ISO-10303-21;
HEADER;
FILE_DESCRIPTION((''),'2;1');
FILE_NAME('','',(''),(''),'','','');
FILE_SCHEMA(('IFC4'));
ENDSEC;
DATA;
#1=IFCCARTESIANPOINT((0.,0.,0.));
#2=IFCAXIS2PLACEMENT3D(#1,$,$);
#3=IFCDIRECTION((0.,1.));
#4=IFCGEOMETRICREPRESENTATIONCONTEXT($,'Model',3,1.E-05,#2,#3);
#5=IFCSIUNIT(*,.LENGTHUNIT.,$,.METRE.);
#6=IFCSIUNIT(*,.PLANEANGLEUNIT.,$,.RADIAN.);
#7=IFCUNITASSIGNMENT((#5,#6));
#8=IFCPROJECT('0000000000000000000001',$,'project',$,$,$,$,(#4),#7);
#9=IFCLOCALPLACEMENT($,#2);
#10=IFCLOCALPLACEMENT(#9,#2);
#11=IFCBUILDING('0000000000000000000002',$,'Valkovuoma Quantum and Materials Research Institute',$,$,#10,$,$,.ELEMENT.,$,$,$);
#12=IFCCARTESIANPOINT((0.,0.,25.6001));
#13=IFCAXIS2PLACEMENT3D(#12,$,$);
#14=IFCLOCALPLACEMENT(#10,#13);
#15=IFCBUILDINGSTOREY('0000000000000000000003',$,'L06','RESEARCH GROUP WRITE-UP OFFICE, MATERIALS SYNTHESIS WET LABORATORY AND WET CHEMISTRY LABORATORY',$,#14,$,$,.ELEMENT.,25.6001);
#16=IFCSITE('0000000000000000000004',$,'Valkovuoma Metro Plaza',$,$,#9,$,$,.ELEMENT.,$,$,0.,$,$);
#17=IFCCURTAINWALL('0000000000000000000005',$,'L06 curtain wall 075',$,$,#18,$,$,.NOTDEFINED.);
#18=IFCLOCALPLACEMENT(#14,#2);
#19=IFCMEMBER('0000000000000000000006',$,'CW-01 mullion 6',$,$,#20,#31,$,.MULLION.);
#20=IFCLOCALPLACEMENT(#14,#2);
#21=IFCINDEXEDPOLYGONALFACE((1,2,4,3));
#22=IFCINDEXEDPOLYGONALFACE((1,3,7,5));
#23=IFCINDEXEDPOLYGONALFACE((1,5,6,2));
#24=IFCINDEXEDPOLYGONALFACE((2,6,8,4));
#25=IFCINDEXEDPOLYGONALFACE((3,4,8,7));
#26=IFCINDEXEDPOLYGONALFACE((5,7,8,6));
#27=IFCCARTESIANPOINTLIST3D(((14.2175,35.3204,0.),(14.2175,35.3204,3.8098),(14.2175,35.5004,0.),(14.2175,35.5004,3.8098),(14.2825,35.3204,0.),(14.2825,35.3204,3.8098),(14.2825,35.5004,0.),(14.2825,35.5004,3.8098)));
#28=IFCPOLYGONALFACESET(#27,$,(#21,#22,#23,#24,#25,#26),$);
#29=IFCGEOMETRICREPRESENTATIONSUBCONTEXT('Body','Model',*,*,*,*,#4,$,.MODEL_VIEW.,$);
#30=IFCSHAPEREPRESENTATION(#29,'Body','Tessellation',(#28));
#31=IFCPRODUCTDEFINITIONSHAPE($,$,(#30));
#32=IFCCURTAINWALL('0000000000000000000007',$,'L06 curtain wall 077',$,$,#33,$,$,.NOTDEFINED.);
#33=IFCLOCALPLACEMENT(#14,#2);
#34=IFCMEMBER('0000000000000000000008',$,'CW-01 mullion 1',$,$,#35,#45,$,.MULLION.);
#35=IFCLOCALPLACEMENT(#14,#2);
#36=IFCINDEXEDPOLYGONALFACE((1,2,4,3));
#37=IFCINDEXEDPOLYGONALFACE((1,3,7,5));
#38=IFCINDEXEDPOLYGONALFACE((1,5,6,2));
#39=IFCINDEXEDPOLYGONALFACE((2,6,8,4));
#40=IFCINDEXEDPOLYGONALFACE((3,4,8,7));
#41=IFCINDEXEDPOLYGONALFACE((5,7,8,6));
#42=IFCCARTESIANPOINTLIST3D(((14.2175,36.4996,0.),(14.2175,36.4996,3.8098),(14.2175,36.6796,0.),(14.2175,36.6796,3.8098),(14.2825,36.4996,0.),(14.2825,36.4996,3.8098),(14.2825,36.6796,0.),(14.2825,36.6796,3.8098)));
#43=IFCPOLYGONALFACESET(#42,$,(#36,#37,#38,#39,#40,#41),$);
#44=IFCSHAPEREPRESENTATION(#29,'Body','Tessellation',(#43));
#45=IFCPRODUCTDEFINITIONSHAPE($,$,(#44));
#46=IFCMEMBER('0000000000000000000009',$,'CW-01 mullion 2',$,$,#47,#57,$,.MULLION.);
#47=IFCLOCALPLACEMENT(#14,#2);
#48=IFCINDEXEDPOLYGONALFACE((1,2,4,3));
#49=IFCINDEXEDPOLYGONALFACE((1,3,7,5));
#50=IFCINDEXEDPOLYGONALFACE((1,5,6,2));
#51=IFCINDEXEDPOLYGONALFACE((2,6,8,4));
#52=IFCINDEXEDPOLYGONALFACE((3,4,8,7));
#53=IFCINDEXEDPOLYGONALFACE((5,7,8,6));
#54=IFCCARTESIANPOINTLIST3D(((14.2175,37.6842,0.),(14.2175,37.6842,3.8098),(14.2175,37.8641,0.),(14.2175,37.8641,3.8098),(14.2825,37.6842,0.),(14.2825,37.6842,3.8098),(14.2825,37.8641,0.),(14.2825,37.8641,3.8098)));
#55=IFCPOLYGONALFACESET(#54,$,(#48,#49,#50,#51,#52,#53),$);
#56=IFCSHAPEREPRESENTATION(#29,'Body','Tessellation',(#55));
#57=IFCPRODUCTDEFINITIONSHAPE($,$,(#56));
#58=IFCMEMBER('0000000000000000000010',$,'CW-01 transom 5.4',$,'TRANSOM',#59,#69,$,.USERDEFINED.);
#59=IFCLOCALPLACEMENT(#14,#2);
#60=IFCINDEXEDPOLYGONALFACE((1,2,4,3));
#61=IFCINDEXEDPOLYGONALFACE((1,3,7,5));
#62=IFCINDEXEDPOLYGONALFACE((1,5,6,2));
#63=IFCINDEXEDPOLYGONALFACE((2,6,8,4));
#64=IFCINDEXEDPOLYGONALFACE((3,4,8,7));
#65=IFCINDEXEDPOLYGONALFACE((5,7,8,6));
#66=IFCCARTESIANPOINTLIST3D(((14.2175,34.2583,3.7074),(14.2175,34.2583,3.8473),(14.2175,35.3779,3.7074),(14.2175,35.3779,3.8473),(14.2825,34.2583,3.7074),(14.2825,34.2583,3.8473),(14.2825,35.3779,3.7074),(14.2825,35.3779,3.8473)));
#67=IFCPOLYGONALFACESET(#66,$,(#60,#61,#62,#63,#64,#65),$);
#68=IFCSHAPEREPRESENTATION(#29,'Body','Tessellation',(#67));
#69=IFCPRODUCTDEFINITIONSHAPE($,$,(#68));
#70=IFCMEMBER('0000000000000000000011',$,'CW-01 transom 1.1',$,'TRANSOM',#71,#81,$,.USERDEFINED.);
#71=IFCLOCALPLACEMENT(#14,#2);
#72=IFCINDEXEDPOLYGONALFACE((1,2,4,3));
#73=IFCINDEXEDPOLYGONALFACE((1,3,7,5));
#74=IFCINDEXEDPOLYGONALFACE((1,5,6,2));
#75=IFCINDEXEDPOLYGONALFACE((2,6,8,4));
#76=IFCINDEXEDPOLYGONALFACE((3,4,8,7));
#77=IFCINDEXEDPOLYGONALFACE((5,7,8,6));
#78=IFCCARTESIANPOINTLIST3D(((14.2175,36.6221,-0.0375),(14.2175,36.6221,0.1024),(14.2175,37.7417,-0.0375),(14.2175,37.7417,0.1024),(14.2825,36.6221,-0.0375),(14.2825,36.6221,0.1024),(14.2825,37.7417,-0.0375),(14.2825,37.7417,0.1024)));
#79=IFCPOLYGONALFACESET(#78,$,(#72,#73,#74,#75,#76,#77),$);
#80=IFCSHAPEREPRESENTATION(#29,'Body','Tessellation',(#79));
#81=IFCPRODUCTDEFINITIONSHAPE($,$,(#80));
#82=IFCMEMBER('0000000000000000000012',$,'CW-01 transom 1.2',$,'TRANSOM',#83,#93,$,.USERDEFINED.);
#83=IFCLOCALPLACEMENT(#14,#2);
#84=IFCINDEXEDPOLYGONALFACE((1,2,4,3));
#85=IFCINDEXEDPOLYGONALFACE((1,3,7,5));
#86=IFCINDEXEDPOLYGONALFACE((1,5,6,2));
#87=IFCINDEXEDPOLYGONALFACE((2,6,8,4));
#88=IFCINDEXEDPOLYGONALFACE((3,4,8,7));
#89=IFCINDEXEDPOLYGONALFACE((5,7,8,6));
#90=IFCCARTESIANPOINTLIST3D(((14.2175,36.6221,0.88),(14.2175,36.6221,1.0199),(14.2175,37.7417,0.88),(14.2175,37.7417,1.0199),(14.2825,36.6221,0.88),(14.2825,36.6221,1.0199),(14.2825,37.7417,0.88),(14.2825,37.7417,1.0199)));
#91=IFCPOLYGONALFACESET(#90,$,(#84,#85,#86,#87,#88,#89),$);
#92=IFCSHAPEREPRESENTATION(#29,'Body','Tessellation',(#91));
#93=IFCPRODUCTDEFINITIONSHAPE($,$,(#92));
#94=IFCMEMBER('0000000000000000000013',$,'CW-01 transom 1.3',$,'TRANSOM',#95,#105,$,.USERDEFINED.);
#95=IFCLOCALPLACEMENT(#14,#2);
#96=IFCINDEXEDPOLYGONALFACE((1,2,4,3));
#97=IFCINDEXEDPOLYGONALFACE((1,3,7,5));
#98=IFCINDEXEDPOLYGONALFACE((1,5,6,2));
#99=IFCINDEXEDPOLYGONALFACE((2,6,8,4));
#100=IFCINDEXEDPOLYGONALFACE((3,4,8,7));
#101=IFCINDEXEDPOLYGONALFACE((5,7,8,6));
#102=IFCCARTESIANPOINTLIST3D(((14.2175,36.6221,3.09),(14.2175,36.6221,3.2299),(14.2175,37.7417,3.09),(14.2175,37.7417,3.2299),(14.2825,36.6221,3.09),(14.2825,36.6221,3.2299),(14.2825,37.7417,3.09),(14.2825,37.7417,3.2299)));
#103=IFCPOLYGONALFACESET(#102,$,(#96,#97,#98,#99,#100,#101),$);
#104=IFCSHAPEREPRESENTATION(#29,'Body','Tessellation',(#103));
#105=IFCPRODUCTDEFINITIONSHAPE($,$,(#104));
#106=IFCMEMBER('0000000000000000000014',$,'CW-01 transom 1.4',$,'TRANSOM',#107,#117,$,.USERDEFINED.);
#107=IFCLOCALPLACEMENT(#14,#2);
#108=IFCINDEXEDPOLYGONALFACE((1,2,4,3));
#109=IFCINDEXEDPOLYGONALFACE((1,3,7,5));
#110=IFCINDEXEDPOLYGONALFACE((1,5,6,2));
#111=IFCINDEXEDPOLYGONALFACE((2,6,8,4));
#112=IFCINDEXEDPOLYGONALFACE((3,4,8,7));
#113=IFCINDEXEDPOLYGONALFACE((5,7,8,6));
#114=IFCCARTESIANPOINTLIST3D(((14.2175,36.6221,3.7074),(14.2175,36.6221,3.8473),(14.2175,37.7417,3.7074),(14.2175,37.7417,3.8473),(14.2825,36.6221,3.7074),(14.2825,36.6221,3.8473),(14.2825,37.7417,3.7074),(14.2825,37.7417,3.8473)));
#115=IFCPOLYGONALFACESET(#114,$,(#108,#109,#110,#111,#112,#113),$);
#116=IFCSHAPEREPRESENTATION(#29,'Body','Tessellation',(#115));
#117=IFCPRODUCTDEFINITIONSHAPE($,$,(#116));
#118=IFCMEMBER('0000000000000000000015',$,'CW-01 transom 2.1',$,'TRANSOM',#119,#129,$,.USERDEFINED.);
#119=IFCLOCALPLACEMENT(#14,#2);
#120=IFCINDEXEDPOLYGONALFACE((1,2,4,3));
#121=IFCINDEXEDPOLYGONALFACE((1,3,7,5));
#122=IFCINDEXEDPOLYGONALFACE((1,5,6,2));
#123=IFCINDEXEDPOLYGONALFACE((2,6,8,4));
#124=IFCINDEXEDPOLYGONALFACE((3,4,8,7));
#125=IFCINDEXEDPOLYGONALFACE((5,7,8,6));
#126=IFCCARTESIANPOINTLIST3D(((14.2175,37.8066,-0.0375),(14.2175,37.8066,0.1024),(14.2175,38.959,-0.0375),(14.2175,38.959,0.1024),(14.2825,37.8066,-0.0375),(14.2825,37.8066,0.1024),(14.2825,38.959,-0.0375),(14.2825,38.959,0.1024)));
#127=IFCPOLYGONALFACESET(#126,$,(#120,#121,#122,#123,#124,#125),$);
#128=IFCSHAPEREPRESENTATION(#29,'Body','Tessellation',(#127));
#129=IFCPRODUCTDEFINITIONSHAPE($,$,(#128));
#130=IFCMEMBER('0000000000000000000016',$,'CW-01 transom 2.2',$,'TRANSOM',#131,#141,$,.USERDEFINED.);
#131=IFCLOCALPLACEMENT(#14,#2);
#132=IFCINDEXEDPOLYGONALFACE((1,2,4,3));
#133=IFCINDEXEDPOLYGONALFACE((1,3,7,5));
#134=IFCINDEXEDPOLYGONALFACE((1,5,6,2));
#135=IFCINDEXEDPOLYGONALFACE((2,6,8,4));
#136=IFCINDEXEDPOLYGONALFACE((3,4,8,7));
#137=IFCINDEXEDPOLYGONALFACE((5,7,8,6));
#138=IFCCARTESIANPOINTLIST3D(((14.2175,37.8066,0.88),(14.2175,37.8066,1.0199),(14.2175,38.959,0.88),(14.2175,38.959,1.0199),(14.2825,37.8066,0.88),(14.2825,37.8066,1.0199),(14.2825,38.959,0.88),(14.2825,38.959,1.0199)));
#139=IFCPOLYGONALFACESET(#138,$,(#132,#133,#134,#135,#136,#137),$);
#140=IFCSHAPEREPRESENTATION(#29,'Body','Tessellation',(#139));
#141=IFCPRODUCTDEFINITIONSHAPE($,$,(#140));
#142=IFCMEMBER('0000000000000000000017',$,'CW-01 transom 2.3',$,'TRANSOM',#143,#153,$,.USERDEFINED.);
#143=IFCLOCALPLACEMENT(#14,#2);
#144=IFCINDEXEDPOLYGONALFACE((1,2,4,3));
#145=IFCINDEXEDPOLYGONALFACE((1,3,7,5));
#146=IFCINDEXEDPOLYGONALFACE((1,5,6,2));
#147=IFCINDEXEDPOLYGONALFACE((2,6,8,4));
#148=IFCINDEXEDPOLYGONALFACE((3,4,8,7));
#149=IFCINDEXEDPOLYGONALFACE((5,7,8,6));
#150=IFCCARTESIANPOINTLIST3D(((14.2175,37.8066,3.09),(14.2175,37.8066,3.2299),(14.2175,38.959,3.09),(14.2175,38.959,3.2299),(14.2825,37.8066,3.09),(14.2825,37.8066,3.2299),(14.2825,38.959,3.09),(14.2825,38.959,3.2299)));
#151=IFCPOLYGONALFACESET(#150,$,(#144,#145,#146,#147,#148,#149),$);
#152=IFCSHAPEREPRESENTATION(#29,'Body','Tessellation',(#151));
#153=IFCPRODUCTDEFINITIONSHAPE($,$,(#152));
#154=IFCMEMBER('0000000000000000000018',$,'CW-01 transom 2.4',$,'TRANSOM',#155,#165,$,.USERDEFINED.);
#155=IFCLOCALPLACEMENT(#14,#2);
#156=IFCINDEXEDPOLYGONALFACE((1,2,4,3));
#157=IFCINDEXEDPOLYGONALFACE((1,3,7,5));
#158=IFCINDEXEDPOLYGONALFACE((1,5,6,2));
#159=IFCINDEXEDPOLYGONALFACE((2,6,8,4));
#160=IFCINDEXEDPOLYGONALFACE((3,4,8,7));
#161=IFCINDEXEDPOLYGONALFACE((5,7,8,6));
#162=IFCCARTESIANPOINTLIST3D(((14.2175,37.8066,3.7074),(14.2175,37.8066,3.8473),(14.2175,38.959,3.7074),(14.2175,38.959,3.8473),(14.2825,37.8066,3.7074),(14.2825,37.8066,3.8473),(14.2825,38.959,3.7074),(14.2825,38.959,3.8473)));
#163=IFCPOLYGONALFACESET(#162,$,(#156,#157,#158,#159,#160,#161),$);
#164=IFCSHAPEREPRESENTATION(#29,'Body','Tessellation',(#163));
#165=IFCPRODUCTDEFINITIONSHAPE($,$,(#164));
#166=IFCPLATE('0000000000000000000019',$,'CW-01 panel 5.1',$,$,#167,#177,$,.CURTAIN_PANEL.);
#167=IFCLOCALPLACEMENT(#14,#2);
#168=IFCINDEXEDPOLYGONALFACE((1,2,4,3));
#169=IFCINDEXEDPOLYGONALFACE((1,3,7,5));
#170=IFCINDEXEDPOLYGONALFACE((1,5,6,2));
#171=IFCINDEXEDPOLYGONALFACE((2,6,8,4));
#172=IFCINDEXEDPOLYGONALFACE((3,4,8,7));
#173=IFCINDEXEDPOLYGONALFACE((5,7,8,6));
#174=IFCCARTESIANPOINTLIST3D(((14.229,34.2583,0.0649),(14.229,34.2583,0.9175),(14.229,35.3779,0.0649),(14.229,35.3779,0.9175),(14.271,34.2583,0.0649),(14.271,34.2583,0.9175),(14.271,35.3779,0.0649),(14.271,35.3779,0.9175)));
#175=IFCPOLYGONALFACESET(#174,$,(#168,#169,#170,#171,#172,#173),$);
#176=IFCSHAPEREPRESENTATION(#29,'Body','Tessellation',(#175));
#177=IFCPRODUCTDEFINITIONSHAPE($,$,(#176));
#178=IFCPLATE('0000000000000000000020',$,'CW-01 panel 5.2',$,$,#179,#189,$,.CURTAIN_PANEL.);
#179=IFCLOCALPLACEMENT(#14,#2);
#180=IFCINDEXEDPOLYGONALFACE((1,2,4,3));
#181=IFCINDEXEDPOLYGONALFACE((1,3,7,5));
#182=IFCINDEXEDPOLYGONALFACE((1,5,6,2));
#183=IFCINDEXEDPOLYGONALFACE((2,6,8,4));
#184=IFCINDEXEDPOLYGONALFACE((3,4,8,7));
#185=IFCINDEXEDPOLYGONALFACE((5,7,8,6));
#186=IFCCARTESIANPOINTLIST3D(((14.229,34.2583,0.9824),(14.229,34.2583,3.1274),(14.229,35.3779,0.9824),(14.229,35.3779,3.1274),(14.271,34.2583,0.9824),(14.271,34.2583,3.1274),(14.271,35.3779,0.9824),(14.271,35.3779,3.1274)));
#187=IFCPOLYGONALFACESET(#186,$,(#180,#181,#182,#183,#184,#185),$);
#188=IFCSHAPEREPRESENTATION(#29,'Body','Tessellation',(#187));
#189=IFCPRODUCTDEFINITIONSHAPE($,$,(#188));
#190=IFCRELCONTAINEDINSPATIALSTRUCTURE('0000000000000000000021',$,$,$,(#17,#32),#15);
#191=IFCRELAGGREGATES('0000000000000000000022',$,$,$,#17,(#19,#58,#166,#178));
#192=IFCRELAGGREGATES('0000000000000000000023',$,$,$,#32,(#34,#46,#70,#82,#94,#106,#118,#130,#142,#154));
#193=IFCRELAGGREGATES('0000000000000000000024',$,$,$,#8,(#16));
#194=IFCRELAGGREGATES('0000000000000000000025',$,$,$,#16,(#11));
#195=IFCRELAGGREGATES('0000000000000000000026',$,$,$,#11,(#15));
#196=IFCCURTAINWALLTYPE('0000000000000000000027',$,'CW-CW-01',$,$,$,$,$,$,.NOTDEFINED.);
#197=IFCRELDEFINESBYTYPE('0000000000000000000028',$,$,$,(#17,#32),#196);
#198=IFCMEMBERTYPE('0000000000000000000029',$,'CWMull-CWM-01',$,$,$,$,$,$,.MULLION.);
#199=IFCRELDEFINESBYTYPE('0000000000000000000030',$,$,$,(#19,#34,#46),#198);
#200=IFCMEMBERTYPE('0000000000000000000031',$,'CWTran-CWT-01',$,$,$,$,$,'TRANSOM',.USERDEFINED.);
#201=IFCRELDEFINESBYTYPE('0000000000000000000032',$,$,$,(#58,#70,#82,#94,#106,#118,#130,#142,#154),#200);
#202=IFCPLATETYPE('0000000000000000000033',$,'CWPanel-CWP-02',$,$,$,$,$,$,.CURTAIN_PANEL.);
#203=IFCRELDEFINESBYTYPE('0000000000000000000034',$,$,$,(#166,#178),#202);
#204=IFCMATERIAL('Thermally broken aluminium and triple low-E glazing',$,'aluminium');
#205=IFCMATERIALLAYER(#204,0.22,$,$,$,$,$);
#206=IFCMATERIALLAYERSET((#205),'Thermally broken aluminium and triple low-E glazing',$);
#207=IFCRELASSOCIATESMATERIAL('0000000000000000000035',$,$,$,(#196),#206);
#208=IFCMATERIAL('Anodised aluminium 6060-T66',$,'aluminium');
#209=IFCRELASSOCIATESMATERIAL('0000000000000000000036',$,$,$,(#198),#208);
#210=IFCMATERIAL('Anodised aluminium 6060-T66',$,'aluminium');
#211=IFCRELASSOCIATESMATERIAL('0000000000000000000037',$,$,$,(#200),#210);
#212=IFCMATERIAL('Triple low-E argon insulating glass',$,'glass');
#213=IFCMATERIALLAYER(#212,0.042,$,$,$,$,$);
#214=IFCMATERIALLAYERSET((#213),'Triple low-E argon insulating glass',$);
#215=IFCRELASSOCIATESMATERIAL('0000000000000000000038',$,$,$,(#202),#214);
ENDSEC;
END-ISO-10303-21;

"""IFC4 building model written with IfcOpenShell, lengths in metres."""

from ifc_helpers import new_model, si_unit, direction, frame, origin, origin_2d, place, context, subcontext, project, spatial, rectangle, extrude, material, layer, layer_set, material_profile, profile_set, type_object, element, aggregate, save


model = new_model("IFC4")

# Units and contexts
model_context = context("Model", 3, precision=1e-05, world=origin(), true_north=direction((0.0, 1.0)))
body_context = subcontext(model_context, "Body", "Model", "MODEL_VIEW")
ifc_project = project(units=[si_unit("LENGTHUNIT", "METRE"), si_unit("PLANEANGLEUNIT", "RADIAN")], contexts=[model_context])

# Site, building, storey
site_placement = place(None, origin())
site = spatial("IfcSite", under=ifc_project, at=site_placement, Name="Valkovuoma Metro Plaza", CompositionType="ELEMENT", RefElevation=0.0)
building_placement = place(site_placement, origin())
building = spatial("IfcBuilding", under=site, at=building_placement, Name="Valkovuoma Quantum and Materials Research Institute", CompositionType="ELEMENT")
storey_placement = place(building_placement, frame((0.0, 0.0, 25.6001)))
storey = spatial("IfcBuildingStorey", under=building, at=storey_placement, Name="L06", Description="RESEARCH GROUP WRITE-UP OFFICE, MATERIALS SYNTHESIS WET LABORATORY AND WET CHEMISTRY LABORATORY", CompositionType="ELEMENT", Elevation=25.6001)

# Curtain wall, member
ifc_material_1 = material(Name="Thermally broken aluminium and triple low-E glazing", Category="aluminium")
ifc_layer_1 = layer(ifc_material_1, 0.22)
ifc_layer_set_1 = layer_set([ifc_layer_1], Name="Thermally broken aluminium and triple low-E glazing")
curtain_wall_type = type_object("IfcCurtainWallType", Name="CW-CW-01", PredefinedType="NOTDEFINED", material=ifc_layer_set_1)
curtain_wall_1_placement = place(storey_placement, origin())
curtain_wall_1 = element("IfcCurtainWall", 1, at=curtain_wall_1_placement, inside=storey, type_object=curtain_wall_type, Name="L06 curtain wall 075", PredefinedType="NOTDEFINED")
ifc_material_2 = material(Name="Anodised aluminium 6060-T66", Category="aluminium")
ifc_material_profile_1 = material_profile(ifc_material_2, rectangle(XDim=0.0649, YDim=0.1799, at=origin_2d()), Name="Anodised aluminium 6060-T66")
ifc_profile_set_1 = profile_set([ifc_material_profile_1], Name="Anodised aluminium 6060-T66")
member_type_1 = type_object("IfcMemberType", Name="CWMull-CWM-01", PredefinedType="MULLION", material=ifc_profile_set_1)
member_1_placement = place(storey_placement, frame((14.25, 35.4104, 0.0), z_axis=(0.0, 0.0, 1.0), x_axis=(-1.0, 0.0, 0.0)))
member_1 = element("IfcMember", 2, at=member_1_placement, type_object=member_type_1, Name="CW-01 mullion 6", PredefinedType="MULLION", context=body_context, shape_type="SweptSolid", body=[
    extrude(rectangle(XDim=0.0649, YDim=0.1799, at=origin_2d()), origin(), (0.0, 0.0, 1.0), 3.8098),
])

# Curtain wall, members
curtain_wall_2_placement = place(storey_placement, origin())
curtain_wall_2 = element("IfcCurtainWall", 3, at=curtain_wall_2_placement, inside=storey, type_object=curtain_wall_type, Name="L06 curtain wall 077", PredefinedType="NOTDEFINED")
member_2_placement = place(storey_placement, frame((14.25, 36.5896, 0.0), z_axis=(0.0, 0.0, 1.0), x_axis=(-1.0, 0.0, 0.0)))
member_2 = element("IfcMember", 4, at=member_2_placement, type_object=member_type_1, Name="CW-01 mullion 1", PredefinedType="MULLION", context=body_context, shape_type="SweptSolid", body=[
    extrude(rectangle(XDim=0.0649, YDim=0.1799, at=origin_2d()), origin(), (0.0, 0.0, 1.0), 3.8098),
])
member_3_placement = place(storey_placement, frame((14.25, 37.7742, 0.0), z_axis=(0.0, 0.0, 1.0), x_axis=(-1.0, 0.0, 0.0)))
member_3 = element("IfcMember", 5, at=member_3_placement, type_object=member_type_1, Name="CW-01 mullion 2", PredefinedType="MULLION", context=body_context, shape_type="SweptSolid", body=[
    extrude(rectangle(XDim=0.0649, YDim=0.1799, at=origin_2d()), origin(), (0.0, 0.0, 1.0), 3.8098),
])

# Members
ifc_material_3 = material(Name="Anodised aluminium 6060-T66", Category="aluminium")
ifc_material_profile_2 = material_profile(ifc_material_3, rectangle(XDim=0.0649, YDim=0.1399, at=origin_2d()), Name="Anodised aluminium 6060-T66")
ifc_profile_set_2 = profile_set([ifc_material_profile_2], Name="Anodised aluminium 6060-T66")
member_type_2 = type_object("IfcMemberType", Name="CWTran-CWT-01", ElementType="TRANSOM", PredefinedType="USERDEFINED", material=ifc_profile_set_2)
member_4_placement = place(storey_placement, frame((14.25, 34.2583, 3.7773), z_axis=(0.0, 1.0, 0.0), x_axis=(-1.0, 0.0, 0.0)))
member_4 = element("IfcMember", 6, at=member_4_placement, type_object=member_type_2, Name="CW-01 transom 5.4", ObjectType="TRANSOM", PredefinedType="USERDEFINED", context=body_context, shape_type="SweptSolid", body=[
    extrude(rectangle(XDim=0.0649, YDim=0.1399, at=origin_2d()), origin(), (0.0, 0.0, 1.0), 1.1196),
])
member_5_placement = place(storey_placement, frame((14.25, 36.6221, 0.0325), z_axis=(0.0, 1.0, 0.0), x_axis=(-1.0, 0.0, 0.0)))
member_5 = element("IfcMember", 7, at=member_5_placement, type_object=member_type_2, Name="CW-01 transom 1.1", ObjectType="TRANSOM", PredefinedType="USERDEFINED", context=body_context, shape_type="SweptSolid", body=[
    extrude(rectangle(XDim=0.0649, YDim=0.1399, at=origin_2d()), origin(), (0.0, 0.0, 1.0), 1.1196),
])
member_6_placement = place(storey_placement, frame((14.25, 36.6221, 0.95), z_axis=(0.0, 1.0, 0.0), x_axis=(-1.0, 0.0, 0.0)))
member_6 = element("IfcMember", 8, at=member_6_placement, type_object=member_type_2, Name="CW-01 transom 1.2", ObjectType="TRANSOM", PredefinedType="USERDEFINED", context=body_context, shape_type="SweptSolid", body=[
    extrude(rectangle(XDim=0.0649, YDim=0.1399, at=origin_2d()), origin(), (0.0, 0.0, 1.0), 1.1196),
])
member_7_placement = place(storey_placement, frame((14.25, 36.6221, 3.1599), z_axis=(0.0, 1.0, 0.0), x_axis=(-1.0, 0.0, 0.0)))
member_7 = element("IfcMember", 9, at=member_7_placement, type_object=member_type_2, Name="CW-01 transom 1.3", ObjectType="TRANSOM", PredefinedType="USERDEFINED", context=body_context, shape_type="SweptSolid", body=[
    extrude(rectangle(XDim=0.0649, YDim=0.1399, at=origin_2d()), origin(), (0.0, 0.0, 1.0), 1.1196),
])
member_8_placement = place(storey_placement, frame((14.25, 36.6221, 3.7773), z_axis=(0.0, 1.0, 0.0), x_axis=(-1.0, 0.0, 0.0)))
member_8 = element("IfcMember", 10, at=member_8_placement, type_object=member_type_2, Name="CW-01 transom 1.4", ObjectType="TRANSOM", PredefinedType="USERDEFINED", context=body_context, shape_type="SweptSolid", body=[
    extrude(rectangle(XDim=0.0649, YDim=0.1399, at=origin_2d()), origin(), (0.0, 0.0, 1.0), 1.1196),
])
member_9_placement = place(storey_placement, frame((14.25, 37.8066, 0.0325), z_axis=(0.0, 1.0, 0.0), x_axis=(-1.0, 0.0, 0.0)))
member_9 = element("IfcMember", 11, at=member_9_placement, type_object=member_type_2, Name="CW-01 transom 2.1", ObjectType="TRANSOM", PredefinedType="USERDEFINED", context=body_context, shape_type="SweptSolid", body=[
    extrude(rectangle(XDim=0.0649, YDim=0.1399, at=origin_2d()), origin(), (0.0, 0.0, 1.0), 1.1523),
])
member_10_placement = place(storey_placement, frame((14.25, 37.8066, 0.95), z_axis=(0.0, 1.0, 0.0), x_axis=(-1.0, 0.0, 0.0)))
member_10 = element("IfcMember", 12, at=member_10_placement, type_object=member_type_2, Name="CW-01 transom 2.2", ObjectType="TRANSOM", PredefinedType="USERDEFINED", context=body_context, shape_type="SweptSolid", body=[
    extrude(rectangle(XDim=0.0649, YDim=0.1399, at=origin_2d()), origin(), (0.0, 0.0, 1.0), 1.1523),
])
member_11_placement = place(storey_placement, frame((14.25, 37.8066, 3.1599), z_axis=(0.0, 1.0, 0.0), x_axis=(-1.0, 0.0, 0.0)))
member_11 = element("IfcMember", 13, at=member_11_placement, type_object=member_type_2, Name="CW-01 transom 2.3", ObjectType="TRANSOM", PredefinedType="USERDEFINED", context=body_context, shape_type="SweptSolid", body=[
    extrude(rectangle(XDim=0.0649, YDim=0.1399, at=origin_2d()), origin(), (0.0, 0.0, 1.0), 1.1523),
])
member_12_placement = place(storey_placement, frame((14.25, 37.8066, 3.7773), z_axis=(0.0, 1.0, 0.0), x_axis=(-1.0, 0.0, 0.0)))
member_12 = element("IfcMember", 14, at=member_12_placement, type_object=member_type_2, Name="CW-01 transom 2.4", ObjectType="TRANSOM", PredefinedType="USERDEFINED", context=body_context, shape_type="SweptSolid", body=[
    extrude(rectangle(XDim=0.0649, YDim=0.1399, at=origin_2d()), origin(), (0.0, 0.0, 1.0), 1.1523),
])

# Plates
ifc_material_4 = material(Name="Triple low-E argon insulating glass", Category="glass")
ifc_layer_2 = layer(ifc_material_4, 0.042)
ifc_layer_set_2 = layer_set([ifc_layer_2], Name="Triple low-E argon insulating glass")
plate_type = type_object("IfcPlateType", Name="CWPanel-CWP-02", PredefinedType="CURTAIN_PANEL", material=ifc_layer_set_2)
plate_1_placement = place(storey_placement, frame((14.25, 34.8181, 0.0649), z_axis=(0.0, 0.0, 1.0), x_axis=(0.0, 1.0, 0.0)))
plate_1 = element("IfcPlate", 15, at=plate_1_placement, type_object=plate_type, Name="CW-01 panel 5.1", PredefinedType="CURTAIN_PANEL", context=body_context, shape_type="SweptSolid", body=[
    extrude(rectangle(XDim=1.1196, YDim=0.042, at=origin_2d()), origin(), (0.0, 0.0, 1.0), 0.8525),
])
plate_2_placement = place(storey_placement, frame((14.25, 34.8181, 0.9824), z_axis=(0.0, 0.0, 1.0), x_axis=(0.0, 1.0, 0.0)))
plate_2 = element("IfcPlate", 16, at=plate_2_placement, type_object=plate_type, Name="CW-01 panel 5.2", PredefinedType="CURTAIN_PANEL", context=body_context, shape_type="SweptSolid", body=[
    extrude(rectangle(XDim=1.1196, YDim=0.042, at=origin_2d()), origin(), (0.0, 0.0, 1.0), 2.145),
])
aggregate(curtain_wall_1, [member_1, member_4, plate_1, plate_2])
aggregate(curtain_wall_2, [member_2, member_3, member_5, member_6, member_7, member_8, member_9, member_10, member_11, member_12])

save(model, "model.ifc")
